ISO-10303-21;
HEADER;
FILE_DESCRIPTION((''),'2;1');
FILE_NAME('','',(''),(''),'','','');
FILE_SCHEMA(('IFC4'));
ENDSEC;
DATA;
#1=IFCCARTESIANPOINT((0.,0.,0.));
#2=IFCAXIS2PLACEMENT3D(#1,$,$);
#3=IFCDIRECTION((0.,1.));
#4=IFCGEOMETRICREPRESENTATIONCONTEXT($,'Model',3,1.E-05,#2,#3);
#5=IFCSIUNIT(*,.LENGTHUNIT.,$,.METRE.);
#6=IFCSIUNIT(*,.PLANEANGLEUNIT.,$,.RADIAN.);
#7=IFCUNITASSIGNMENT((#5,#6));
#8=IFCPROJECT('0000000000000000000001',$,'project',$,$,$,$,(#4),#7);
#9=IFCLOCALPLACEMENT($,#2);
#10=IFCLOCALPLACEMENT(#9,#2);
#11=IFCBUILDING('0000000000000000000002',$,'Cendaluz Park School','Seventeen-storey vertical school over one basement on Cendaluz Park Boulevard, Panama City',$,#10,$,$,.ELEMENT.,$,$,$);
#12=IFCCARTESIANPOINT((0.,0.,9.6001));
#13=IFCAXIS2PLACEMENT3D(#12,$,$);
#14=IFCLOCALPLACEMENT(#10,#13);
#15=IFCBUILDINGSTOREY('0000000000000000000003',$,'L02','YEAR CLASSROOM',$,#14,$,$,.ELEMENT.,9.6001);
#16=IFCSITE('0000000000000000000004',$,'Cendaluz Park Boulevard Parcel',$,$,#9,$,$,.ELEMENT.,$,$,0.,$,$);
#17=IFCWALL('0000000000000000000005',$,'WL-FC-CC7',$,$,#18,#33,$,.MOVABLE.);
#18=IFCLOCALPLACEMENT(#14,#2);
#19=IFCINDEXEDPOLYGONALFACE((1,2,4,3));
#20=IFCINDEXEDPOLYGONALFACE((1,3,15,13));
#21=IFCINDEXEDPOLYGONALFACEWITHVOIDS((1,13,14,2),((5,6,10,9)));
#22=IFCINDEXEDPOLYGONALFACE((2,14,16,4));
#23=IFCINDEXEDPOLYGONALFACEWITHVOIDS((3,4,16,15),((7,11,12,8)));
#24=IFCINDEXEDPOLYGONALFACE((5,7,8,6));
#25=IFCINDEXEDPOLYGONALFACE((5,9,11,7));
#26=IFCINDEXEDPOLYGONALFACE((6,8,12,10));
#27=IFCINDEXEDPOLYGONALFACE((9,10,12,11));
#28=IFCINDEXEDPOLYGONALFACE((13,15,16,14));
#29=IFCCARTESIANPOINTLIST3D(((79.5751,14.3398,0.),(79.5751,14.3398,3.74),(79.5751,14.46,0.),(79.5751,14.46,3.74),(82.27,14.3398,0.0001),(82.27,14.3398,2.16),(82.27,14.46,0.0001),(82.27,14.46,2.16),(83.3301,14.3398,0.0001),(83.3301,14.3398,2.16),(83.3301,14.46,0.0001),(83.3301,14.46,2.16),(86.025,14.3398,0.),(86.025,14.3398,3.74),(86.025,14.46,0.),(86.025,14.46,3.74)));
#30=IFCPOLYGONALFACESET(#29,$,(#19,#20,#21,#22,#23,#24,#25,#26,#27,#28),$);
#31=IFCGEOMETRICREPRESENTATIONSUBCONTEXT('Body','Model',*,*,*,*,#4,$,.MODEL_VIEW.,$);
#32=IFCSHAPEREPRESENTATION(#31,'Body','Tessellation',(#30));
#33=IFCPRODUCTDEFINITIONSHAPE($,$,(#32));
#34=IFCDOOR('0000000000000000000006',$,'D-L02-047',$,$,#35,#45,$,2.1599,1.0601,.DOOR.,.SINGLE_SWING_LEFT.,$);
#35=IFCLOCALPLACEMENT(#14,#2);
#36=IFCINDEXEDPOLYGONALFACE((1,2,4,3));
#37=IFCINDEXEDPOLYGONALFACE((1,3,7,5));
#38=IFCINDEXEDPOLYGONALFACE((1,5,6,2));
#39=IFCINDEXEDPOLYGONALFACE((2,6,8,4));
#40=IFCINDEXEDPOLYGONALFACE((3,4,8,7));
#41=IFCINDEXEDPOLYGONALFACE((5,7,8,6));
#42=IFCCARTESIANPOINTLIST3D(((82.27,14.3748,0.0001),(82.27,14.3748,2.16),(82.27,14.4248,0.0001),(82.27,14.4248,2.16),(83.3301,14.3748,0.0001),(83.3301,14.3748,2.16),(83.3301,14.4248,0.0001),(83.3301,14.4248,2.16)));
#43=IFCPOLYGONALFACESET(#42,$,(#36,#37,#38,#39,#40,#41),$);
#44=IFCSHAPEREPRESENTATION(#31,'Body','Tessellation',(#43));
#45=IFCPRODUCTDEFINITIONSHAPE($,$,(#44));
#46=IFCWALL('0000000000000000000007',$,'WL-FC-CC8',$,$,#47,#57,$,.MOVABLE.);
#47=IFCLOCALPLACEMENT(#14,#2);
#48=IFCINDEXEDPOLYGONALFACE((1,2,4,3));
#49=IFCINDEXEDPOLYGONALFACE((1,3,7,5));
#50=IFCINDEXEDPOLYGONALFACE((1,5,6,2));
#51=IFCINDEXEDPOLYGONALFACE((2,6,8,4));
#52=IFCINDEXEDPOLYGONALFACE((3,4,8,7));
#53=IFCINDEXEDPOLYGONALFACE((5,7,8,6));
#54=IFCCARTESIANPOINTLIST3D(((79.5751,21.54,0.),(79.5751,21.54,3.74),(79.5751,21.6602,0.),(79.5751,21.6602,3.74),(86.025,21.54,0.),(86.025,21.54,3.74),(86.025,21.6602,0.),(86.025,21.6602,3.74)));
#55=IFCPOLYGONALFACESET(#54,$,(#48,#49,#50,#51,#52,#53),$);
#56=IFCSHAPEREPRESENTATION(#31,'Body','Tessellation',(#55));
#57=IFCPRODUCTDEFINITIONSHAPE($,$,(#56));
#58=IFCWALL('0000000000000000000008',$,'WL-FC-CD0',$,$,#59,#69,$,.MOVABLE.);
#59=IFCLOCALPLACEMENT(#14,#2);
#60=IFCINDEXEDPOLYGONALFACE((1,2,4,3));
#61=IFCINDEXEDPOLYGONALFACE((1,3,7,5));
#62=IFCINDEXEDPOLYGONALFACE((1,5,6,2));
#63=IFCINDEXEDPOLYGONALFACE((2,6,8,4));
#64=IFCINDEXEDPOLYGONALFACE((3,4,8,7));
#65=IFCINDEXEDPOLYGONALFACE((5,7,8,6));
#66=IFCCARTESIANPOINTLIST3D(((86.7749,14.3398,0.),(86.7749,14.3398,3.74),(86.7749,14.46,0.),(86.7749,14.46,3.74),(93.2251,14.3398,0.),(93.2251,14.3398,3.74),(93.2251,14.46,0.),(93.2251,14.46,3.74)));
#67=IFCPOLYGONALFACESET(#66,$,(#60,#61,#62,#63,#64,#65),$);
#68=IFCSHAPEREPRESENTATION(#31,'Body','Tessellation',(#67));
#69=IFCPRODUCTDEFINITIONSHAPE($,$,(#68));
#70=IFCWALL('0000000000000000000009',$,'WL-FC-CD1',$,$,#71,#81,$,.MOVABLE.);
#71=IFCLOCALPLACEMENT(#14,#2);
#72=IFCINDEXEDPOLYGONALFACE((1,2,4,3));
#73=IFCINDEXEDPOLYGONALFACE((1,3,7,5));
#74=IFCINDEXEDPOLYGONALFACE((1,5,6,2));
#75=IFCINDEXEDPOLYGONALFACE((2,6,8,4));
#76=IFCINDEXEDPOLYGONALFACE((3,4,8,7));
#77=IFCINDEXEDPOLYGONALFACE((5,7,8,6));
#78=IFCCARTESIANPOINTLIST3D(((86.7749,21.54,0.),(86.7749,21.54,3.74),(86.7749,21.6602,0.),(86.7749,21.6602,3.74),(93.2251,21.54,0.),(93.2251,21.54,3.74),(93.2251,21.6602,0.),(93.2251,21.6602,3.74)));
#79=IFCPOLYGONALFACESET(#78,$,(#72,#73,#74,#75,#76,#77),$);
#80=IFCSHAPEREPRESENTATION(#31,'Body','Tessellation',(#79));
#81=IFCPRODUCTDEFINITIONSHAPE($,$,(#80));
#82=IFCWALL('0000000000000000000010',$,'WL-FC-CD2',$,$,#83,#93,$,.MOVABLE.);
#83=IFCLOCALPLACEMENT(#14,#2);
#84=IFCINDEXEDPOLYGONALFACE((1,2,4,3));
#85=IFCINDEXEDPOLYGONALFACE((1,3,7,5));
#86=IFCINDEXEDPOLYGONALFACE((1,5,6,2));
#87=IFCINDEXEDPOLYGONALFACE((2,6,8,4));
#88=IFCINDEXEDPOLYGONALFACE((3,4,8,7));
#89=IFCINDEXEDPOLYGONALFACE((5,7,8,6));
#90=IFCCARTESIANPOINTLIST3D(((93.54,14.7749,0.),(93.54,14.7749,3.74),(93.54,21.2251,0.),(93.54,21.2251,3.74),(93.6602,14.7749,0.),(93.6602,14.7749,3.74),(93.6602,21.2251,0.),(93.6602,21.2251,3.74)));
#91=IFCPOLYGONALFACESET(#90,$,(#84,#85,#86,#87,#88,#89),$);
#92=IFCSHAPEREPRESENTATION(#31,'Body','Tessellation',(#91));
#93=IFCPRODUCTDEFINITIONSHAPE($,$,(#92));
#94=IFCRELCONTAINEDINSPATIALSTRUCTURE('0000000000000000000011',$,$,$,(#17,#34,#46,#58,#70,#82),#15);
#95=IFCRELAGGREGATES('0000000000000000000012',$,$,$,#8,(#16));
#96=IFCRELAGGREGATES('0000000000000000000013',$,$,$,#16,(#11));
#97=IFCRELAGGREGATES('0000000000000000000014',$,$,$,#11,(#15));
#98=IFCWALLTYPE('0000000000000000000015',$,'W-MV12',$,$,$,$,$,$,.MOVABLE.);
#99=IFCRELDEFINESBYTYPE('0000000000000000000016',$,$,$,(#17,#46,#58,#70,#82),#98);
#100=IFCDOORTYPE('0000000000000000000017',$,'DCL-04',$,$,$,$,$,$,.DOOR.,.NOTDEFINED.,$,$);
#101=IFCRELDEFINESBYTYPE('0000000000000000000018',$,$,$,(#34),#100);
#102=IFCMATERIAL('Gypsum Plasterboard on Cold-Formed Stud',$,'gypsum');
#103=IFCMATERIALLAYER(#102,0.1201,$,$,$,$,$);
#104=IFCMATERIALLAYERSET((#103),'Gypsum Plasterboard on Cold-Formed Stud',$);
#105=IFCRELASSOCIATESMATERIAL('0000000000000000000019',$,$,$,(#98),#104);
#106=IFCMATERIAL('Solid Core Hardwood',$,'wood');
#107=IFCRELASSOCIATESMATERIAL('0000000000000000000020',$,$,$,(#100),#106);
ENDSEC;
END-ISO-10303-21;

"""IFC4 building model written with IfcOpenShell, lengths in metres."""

from ifc_helpers import new_model, si_unit, direction, frame, frame_2d, origin, place, context, subcontext, project, spatial, rectangle, extrude, material, layer, layer_set, type_object, element, fill, save


model = new_model("IFC4")

# Units and contexts
model_context = context("Model", 3, precision=1e-05, world=origin(), true_north=direction((0.0, 1.0)))
body_context = subcontext(model_context, "Body", "Model", "MODEL_VIEW")
ifc_project = project(units=[si_unit("LENGTHUNIT", "METRE"), si_unit("PLANEANGLEUNIT", "RADIAN")], contexts=[model_context])

# Site, building, storey
site_placement = place(None, origin())
site = spatial("IfcSite", under=ifc_project, at=site_placement, Name="Cendaluz Park Boulevard Parcel", CompositionType="ELEMENT", RefElevation=0.0)
building_placement = place(site_placement, origin())
building = spatial("IfcBuilding", under=site, at=building_placement, Name="Cendaluz Park School", Description="Seventeen-storey vertical school over one basement on Cendaluz Park Boulevard, Panama City", CompositionType="ELEMENT")
storey_placement = place(building_placement, frame((0.0, 0.0, 9.6001)))
storey = spatial("IfcBuildingStorey", under=building, at=storey_placement, Name="L02", Description="YEAR CLASSROOM", CompositionType="ELEMENT", Elevation=9.6001)

# Shared definitions
ifc_material_1 = material(Name="Gypsum Plasterboard on Cold-Formed Stud", Category="gypsum")

# Wall, opening, door
ifc_layer_1 = layer(ifc_material_1, 0.1201)
ifc_layer_set_1 = layer_set([ifc_layer_1], Name="Gypsum Plasterboard on Cold-Formed Stud")
wall_type_1 = type_object("IfcWallType", Name="W-MV12", PredefinedType="MOVABLE", material=ifc_layer_set_1)
wall_1_placement = place(storey_placement, frame((79.575, 14.3999, 0.0), z_axis=(0.0, 0.0, 1.0), x_axis=(1.0, 0.0, 0.0)))
wall_1 = element("IfcWall", 1, at=wall_1_placement, inside=storey, type_object=wall_type_1, Name="WL-FC-CC7", PredefinedType="MOVABLE", context=body_context, shape_type="SweptSolid", body=[
    extrude(rectangle(XDim=6.45, YDim=0.1201, at=frame_2d((3.2251, 0.0))), origin(), (0.0, 0.0, 1.0), 3.74),
])
opening_placement = place(wall_1_placement, frame((2.6951, 0.0, 0.0)))
opening = element("IfcOpeningElement", 2, at=opening_placement, cuts=wall_1, PredefinedType="OPENING", context=body_context, shape_type="SweptSolid", body=[
    extrude(rectangle(XDim=1.0601, YDim=2.1599, at=frame_2d((0.53, 1.0801))), frame((0.0, 0.072, 0.0), z_axis=(0.0, -1.0, 0.0), x_axis=(1.0, 0.0, 0.0)), (0.0, 0.0, 1.0), 0.144),
])
ifc_material_2 = material(Name="Solid Core Hardwood", Category="wood")
door_type = type_object("IfcDoorType", Name="DCL-04", OperationType="NOTDEFINED", PredefinedType="DOOR", material=ifc_material_2)
door_placement = place(opening_placement, origin())
door = element("IfcDoor", 3, at=door_placement, inside=storey, type_object=door_type, Name="D-L02-047", OperationType="SINGLE_SWING_LEFT", OverallHeight=2.1599, OverallWidth=1.0601, PredefinedType="DOOR", context=body_context, shape_type="SweptSolid", body=[
    extrude(rectangle(XDim=1.0601, YDim=2.1599, at=frame_2d((0.53, 1.0801))), frame((0.0, 0.0249, 0.0), z_axis=(0.0, -1.0, 0.0), x_axis=(1.0, 0.0, 0.0)), (0.0, 0.0, 1.0), 0.05),
])
fill(opening, door)

# Walls
wall_2_placement = place(storey_placement, frame((79.575, 21.6001, 0.0), z_axis=(0.0, 0.0, 1.0), x_axis=(1.0, 0.0, 0.0)))
element("IfcWall", 4, at=wall_2_placement, inside=storey, type_object=wall_type_1, Name="WL-FC-CC8", PredefinedType="MOVABLE", context=body_context, shape_type="SweptSolid", body=[
    extrude(rectangle(XDim=6.45, YDim=0.1201, at=frame_2d((3.2251, 0.0))), origin(), (0.0, 0.0, 1.0), 3.74),
])
for number, where, z_axis, x_axis, name in (
    (5, (86.7749, 14.3999, 0.0), (0.0, 0.0, 1.0), (1.0, 0.0, 0.0), "WL-FC-CD0"),
    (6, (86.7749, 21.6001, 0.0), (0.0, 0.0, 1.0), (1.0, 0.0, 0.0), "WL-FC-CD1"),
    (7, (93.6001, 14.7749, 0.0), (0.0, 0.0, 1.0), (0.0, 1.0, 0.0), "WL-FC-CD2"),
):
    element("IfcWall", number, at=place(storey_placement, frame(where, z_axis=z_axis, x_axis=x_axis)), inside=storey, type_object=wall_type_1, Name=name, PredefinedType="MOVABLE", context=body_context, shape_type="SweptSolid", body=[
        extrude(rectangle(XDim=6.4502, YDim=0.1201, at=frame_2d((3.2251, 0.0))), origin(), (0.0, 0.0, 1.0), 3.74),
    ])

save(model, "model.ifc")
